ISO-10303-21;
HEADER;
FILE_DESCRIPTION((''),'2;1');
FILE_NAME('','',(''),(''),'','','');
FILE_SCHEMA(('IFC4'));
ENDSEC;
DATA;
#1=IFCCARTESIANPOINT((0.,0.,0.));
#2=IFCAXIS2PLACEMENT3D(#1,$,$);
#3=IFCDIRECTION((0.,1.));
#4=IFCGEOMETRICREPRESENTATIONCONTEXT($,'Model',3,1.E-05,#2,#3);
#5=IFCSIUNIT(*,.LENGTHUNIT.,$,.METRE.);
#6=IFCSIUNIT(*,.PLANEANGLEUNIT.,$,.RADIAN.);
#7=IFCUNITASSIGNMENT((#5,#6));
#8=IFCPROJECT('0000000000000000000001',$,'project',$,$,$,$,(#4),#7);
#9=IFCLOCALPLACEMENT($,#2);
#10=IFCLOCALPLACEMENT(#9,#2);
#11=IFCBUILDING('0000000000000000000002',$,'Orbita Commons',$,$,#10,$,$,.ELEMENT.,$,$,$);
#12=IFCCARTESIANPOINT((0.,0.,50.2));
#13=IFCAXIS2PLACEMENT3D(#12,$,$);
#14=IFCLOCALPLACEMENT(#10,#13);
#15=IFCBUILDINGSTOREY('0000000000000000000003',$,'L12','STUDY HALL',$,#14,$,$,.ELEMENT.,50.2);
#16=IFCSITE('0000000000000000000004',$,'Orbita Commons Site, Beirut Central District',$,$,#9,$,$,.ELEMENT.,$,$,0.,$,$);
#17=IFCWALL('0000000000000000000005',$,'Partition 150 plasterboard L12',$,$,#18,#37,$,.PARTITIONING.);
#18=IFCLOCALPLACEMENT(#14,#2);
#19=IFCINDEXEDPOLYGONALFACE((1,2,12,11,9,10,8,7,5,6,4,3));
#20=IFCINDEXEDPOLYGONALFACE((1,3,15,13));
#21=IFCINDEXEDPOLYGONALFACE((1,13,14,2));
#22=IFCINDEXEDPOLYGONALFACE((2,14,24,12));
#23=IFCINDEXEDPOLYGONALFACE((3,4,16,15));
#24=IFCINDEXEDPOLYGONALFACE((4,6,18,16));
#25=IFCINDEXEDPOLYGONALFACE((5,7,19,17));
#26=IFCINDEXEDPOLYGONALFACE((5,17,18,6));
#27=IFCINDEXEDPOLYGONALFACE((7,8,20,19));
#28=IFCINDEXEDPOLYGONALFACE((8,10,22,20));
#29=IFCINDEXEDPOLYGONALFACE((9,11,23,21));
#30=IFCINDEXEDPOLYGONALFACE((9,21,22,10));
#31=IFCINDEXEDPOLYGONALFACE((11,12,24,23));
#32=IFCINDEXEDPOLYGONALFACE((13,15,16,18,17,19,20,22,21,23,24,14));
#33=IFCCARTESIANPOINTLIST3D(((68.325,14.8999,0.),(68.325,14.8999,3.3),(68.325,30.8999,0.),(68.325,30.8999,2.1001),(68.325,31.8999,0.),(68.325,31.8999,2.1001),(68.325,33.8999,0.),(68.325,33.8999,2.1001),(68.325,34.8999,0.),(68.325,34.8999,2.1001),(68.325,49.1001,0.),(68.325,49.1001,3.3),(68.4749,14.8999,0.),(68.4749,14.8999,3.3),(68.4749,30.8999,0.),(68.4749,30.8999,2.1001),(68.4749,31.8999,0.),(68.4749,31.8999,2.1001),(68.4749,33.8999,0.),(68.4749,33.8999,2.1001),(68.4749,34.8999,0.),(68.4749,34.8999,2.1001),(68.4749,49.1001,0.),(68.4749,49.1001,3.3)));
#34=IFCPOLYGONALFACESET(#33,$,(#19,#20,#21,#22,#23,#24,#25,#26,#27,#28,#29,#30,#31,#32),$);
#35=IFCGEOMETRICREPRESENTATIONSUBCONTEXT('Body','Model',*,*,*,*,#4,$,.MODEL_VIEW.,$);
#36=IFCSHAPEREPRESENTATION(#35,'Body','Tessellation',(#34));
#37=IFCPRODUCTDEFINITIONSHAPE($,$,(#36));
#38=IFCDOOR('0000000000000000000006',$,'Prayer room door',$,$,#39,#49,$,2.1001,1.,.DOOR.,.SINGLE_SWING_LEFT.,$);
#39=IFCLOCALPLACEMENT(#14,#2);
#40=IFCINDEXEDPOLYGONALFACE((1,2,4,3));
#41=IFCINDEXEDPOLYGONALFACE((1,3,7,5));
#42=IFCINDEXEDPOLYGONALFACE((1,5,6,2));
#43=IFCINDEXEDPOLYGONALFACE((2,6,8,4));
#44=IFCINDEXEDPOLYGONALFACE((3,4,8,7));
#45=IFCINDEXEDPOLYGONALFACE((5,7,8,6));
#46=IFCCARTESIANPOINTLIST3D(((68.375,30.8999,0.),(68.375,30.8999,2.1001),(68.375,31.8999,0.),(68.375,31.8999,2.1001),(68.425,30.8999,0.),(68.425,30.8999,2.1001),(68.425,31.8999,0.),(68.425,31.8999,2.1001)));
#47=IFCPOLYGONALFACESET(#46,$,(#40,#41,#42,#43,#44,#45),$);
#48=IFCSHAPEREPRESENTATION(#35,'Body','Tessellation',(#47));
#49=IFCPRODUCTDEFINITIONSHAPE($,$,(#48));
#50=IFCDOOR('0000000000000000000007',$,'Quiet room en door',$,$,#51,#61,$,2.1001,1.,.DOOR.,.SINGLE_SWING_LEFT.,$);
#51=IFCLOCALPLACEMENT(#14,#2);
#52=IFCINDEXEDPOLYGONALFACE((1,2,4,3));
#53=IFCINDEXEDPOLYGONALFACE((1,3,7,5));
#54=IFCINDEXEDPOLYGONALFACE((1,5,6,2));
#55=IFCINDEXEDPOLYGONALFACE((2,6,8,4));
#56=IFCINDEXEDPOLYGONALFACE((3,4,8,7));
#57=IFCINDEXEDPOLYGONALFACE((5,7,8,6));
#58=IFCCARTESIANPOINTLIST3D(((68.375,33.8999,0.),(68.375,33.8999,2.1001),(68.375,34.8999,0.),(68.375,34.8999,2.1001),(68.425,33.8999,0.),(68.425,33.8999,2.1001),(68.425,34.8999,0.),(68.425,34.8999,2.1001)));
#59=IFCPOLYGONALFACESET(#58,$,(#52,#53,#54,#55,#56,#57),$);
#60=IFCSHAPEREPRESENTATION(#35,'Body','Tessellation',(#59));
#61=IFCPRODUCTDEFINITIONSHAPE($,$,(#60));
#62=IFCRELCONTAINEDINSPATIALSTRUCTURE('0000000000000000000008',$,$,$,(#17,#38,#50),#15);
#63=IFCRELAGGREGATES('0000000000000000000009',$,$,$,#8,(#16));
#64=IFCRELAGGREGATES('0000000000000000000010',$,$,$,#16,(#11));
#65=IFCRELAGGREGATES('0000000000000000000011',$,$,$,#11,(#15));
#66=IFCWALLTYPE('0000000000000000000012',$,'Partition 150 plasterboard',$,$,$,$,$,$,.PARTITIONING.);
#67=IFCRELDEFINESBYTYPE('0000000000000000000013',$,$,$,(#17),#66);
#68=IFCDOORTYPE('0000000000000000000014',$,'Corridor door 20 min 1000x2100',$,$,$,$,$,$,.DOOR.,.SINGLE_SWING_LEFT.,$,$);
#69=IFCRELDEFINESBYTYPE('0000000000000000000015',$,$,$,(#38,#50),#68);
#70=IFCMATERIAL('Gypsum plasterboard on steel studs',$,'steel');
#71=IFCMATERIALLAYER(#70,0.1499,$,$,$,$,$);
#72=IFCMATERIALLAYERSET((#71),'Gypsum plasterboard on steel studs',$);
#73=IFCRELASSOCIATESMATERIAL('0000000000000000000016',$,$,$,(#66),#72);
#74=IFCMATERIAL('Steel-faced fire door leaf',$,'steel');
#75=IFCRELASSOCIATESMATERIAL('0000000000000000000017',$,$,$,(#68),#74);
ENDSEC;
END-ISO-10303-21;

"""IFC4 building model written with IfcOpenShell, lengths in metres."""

from ifc_helpers import new_model, si_unit, direction, frame, frame_2d, origin, place, context, subcontext, project, spatial, rectangle, extrude, material, layer, layer_set, type_object, element, fill, save


model = new_model("IFC4")

# Units and contexts
model_context = context("Model", 3, precision=1e-05, world=origin(), true_north=direction((0.0, 1.0)))
body_context = subcontext(model_context, "Body", "Model", "MODEL_VIEW")
ifc_project = project(units=[si_unit("LENGTHUNIT", "METRE"), si_unit("PLANEANGLEUNIT", "RADIAN")], contexts=[model_context])

# Site, building, storey
site_placement = place(None, origin())
site = spatial("IfcSite", under=ifc_project, at=site_placement, Name="Orbita Commons Site, Beirut Central District", CompositionType="ELEMENT", RefElevation=0.0)
building_placement = place(site_placement, origin())
building = spatial("IfcBuilding", under=site, at=building_placement, Name="Orbita Commons", CompositionType="ELEMENT")
storey_placement = place(building_placement, frame((0.0, 0.0, 50.2)))
storey = spatial("IfcBuildingStorey", under=building, at=storey_placement, Name="L12", Description="STUDY HALL", CompositionType="ELEMENT", Elevation=50.2)

# Wall, openings, doors
ifc_material_1 = material(Name="Gypsum plasterboard on steel studs", Category="steel")
ifc_layer_1 = layer(ifc_material_1, 0.1499)
ifc_layer_set_1 = layer_set([ifc_layer_1], Name="Gypsum plasterboard on steel studs")
wall_type_1 = type_object("IfcWallType", Name="Partition 150 plasterboard", PredefinedType="PARTITIONING", material=ifc_layer_set_1)
wall_1_placement = place(storey_placement, frame((68.3999, 14.8999, 0.0), z_axis=(0.0, 0.0, 1.0), x_axis=(0.0, 1.0, 0.0)))
wall_1 = element("IfcWall", 1, at=wall_1_placement, inside=storey, type_object=wall_type_1, Name="Partition 150 plasterboard L12", PredefinedType="PARTITIONING", context=body_context, shape_type="SweptSolid", body=[
    extrude(rectangle(XDim=34.2002, YDim=0.1499, at=frame_2d((17.1001, 0.0))), origin(), (0.0, 0.0, 1.0), 3.3),
])
opening_1_placement = place(wall_1_placement, frame((16.0, 0.0, 0.0)))
opening_1 = element("IfcOpeningElement", 2, at=opening_1_placement, cuts=wall_1, PredefinedType="OPENING", context=body_context, shape_type="SweptSolid", body=[
    extrude(rectangle(XDim=1.0, YDim=2.1001, at=frame_2d((0.5, 1.05))), frame((0.0, 0.085, 0.0), z_axis=(0.0, -1.0, 0.0), x_axis=(1.0, 0.0, 0.0)), (0.0, 0.0, 1.0), 0.1699),
])
opening_2_placement = place(wall_1_placement, frame((19.0, 0.0, 0.0)))
opening_2 = element("IfcOpeningElement", 3, at=opening_2_placement, cuts=wall_1, PredefinedType="OPENING", context=body_context, shape_type="SweptSolid", body=[
    extrude(rectangle(XDim=1.0, YDim=2.1001, at=frame_2d((0.5, 1.05))), frame((0.0, 0.085, 0.0), z_axis=(0.0, -1.0, 0.0), x_axis=(1.0, 0.0, 0.0)), (0.0, 0.0, 1.0), 0.1699),
])
ifc_material_2 = material(Name="Steel-faced fire door leaf", Category="steel")
door_type_1 = type_object("IfcDoorType", Name="Corridor door 20 min 1000x2100", OperationType="SINGLE_SWING_LEFT", PredefinedType="DOOR", material=ifc_material_2)
door_1_placement = place(opening_1_placement, origin())
door_1 = element("IfcDoor", 4, at=door_1_placement, inside=storey, type_object=door_type_1, Name="Prayer room door", OperationType="SINGLE_SWING_LEFT", OverallHeight=2.1001, OverallWidth=1.0, PredefinedType="DOOR", context=body_context, shape_type="SweptSolid", body=[
    extrude(rectangle(XDim=1.0, YDim=2.1001, at=frame_2d((0.5, 1.05))), frame((0.0, 0.0249, 0.0), z_axis=(0.0, -1.0, 0.0), x_axis=(1.0, 0.0, 0.0)), (0.0, 0.0, 1.0), 0.05),
])
fill(opening_1, door_1)
door_2_placement = place(opening_2_placement, origin())
door_2 = element("IfcDoor", 5, at=door_2_placement, inside=storey, type_object=door_type_1, Name="Quiet room en door", OperationType="SINGLE_SWING_LEFT", OverallHeight=2.1001, OverallWidth=1.0, PredefinedType="DOOR", context=body_context, shape_type="SweptSolid", body=[
    extrude(rectangle(XDim=1.0, YDim=2.1001, at=frame_2d((0.5, 1.05))), frame((0.0, 0.0249, 0.0), z_axis=(0.0, -1.0, 0.0), x_axis=(1.0, 0.0, 0.0)), (0.0, 0.0, 1.0), 0.05),
])
fill(opening_2, door_2)

save(model, "model.ifc")
